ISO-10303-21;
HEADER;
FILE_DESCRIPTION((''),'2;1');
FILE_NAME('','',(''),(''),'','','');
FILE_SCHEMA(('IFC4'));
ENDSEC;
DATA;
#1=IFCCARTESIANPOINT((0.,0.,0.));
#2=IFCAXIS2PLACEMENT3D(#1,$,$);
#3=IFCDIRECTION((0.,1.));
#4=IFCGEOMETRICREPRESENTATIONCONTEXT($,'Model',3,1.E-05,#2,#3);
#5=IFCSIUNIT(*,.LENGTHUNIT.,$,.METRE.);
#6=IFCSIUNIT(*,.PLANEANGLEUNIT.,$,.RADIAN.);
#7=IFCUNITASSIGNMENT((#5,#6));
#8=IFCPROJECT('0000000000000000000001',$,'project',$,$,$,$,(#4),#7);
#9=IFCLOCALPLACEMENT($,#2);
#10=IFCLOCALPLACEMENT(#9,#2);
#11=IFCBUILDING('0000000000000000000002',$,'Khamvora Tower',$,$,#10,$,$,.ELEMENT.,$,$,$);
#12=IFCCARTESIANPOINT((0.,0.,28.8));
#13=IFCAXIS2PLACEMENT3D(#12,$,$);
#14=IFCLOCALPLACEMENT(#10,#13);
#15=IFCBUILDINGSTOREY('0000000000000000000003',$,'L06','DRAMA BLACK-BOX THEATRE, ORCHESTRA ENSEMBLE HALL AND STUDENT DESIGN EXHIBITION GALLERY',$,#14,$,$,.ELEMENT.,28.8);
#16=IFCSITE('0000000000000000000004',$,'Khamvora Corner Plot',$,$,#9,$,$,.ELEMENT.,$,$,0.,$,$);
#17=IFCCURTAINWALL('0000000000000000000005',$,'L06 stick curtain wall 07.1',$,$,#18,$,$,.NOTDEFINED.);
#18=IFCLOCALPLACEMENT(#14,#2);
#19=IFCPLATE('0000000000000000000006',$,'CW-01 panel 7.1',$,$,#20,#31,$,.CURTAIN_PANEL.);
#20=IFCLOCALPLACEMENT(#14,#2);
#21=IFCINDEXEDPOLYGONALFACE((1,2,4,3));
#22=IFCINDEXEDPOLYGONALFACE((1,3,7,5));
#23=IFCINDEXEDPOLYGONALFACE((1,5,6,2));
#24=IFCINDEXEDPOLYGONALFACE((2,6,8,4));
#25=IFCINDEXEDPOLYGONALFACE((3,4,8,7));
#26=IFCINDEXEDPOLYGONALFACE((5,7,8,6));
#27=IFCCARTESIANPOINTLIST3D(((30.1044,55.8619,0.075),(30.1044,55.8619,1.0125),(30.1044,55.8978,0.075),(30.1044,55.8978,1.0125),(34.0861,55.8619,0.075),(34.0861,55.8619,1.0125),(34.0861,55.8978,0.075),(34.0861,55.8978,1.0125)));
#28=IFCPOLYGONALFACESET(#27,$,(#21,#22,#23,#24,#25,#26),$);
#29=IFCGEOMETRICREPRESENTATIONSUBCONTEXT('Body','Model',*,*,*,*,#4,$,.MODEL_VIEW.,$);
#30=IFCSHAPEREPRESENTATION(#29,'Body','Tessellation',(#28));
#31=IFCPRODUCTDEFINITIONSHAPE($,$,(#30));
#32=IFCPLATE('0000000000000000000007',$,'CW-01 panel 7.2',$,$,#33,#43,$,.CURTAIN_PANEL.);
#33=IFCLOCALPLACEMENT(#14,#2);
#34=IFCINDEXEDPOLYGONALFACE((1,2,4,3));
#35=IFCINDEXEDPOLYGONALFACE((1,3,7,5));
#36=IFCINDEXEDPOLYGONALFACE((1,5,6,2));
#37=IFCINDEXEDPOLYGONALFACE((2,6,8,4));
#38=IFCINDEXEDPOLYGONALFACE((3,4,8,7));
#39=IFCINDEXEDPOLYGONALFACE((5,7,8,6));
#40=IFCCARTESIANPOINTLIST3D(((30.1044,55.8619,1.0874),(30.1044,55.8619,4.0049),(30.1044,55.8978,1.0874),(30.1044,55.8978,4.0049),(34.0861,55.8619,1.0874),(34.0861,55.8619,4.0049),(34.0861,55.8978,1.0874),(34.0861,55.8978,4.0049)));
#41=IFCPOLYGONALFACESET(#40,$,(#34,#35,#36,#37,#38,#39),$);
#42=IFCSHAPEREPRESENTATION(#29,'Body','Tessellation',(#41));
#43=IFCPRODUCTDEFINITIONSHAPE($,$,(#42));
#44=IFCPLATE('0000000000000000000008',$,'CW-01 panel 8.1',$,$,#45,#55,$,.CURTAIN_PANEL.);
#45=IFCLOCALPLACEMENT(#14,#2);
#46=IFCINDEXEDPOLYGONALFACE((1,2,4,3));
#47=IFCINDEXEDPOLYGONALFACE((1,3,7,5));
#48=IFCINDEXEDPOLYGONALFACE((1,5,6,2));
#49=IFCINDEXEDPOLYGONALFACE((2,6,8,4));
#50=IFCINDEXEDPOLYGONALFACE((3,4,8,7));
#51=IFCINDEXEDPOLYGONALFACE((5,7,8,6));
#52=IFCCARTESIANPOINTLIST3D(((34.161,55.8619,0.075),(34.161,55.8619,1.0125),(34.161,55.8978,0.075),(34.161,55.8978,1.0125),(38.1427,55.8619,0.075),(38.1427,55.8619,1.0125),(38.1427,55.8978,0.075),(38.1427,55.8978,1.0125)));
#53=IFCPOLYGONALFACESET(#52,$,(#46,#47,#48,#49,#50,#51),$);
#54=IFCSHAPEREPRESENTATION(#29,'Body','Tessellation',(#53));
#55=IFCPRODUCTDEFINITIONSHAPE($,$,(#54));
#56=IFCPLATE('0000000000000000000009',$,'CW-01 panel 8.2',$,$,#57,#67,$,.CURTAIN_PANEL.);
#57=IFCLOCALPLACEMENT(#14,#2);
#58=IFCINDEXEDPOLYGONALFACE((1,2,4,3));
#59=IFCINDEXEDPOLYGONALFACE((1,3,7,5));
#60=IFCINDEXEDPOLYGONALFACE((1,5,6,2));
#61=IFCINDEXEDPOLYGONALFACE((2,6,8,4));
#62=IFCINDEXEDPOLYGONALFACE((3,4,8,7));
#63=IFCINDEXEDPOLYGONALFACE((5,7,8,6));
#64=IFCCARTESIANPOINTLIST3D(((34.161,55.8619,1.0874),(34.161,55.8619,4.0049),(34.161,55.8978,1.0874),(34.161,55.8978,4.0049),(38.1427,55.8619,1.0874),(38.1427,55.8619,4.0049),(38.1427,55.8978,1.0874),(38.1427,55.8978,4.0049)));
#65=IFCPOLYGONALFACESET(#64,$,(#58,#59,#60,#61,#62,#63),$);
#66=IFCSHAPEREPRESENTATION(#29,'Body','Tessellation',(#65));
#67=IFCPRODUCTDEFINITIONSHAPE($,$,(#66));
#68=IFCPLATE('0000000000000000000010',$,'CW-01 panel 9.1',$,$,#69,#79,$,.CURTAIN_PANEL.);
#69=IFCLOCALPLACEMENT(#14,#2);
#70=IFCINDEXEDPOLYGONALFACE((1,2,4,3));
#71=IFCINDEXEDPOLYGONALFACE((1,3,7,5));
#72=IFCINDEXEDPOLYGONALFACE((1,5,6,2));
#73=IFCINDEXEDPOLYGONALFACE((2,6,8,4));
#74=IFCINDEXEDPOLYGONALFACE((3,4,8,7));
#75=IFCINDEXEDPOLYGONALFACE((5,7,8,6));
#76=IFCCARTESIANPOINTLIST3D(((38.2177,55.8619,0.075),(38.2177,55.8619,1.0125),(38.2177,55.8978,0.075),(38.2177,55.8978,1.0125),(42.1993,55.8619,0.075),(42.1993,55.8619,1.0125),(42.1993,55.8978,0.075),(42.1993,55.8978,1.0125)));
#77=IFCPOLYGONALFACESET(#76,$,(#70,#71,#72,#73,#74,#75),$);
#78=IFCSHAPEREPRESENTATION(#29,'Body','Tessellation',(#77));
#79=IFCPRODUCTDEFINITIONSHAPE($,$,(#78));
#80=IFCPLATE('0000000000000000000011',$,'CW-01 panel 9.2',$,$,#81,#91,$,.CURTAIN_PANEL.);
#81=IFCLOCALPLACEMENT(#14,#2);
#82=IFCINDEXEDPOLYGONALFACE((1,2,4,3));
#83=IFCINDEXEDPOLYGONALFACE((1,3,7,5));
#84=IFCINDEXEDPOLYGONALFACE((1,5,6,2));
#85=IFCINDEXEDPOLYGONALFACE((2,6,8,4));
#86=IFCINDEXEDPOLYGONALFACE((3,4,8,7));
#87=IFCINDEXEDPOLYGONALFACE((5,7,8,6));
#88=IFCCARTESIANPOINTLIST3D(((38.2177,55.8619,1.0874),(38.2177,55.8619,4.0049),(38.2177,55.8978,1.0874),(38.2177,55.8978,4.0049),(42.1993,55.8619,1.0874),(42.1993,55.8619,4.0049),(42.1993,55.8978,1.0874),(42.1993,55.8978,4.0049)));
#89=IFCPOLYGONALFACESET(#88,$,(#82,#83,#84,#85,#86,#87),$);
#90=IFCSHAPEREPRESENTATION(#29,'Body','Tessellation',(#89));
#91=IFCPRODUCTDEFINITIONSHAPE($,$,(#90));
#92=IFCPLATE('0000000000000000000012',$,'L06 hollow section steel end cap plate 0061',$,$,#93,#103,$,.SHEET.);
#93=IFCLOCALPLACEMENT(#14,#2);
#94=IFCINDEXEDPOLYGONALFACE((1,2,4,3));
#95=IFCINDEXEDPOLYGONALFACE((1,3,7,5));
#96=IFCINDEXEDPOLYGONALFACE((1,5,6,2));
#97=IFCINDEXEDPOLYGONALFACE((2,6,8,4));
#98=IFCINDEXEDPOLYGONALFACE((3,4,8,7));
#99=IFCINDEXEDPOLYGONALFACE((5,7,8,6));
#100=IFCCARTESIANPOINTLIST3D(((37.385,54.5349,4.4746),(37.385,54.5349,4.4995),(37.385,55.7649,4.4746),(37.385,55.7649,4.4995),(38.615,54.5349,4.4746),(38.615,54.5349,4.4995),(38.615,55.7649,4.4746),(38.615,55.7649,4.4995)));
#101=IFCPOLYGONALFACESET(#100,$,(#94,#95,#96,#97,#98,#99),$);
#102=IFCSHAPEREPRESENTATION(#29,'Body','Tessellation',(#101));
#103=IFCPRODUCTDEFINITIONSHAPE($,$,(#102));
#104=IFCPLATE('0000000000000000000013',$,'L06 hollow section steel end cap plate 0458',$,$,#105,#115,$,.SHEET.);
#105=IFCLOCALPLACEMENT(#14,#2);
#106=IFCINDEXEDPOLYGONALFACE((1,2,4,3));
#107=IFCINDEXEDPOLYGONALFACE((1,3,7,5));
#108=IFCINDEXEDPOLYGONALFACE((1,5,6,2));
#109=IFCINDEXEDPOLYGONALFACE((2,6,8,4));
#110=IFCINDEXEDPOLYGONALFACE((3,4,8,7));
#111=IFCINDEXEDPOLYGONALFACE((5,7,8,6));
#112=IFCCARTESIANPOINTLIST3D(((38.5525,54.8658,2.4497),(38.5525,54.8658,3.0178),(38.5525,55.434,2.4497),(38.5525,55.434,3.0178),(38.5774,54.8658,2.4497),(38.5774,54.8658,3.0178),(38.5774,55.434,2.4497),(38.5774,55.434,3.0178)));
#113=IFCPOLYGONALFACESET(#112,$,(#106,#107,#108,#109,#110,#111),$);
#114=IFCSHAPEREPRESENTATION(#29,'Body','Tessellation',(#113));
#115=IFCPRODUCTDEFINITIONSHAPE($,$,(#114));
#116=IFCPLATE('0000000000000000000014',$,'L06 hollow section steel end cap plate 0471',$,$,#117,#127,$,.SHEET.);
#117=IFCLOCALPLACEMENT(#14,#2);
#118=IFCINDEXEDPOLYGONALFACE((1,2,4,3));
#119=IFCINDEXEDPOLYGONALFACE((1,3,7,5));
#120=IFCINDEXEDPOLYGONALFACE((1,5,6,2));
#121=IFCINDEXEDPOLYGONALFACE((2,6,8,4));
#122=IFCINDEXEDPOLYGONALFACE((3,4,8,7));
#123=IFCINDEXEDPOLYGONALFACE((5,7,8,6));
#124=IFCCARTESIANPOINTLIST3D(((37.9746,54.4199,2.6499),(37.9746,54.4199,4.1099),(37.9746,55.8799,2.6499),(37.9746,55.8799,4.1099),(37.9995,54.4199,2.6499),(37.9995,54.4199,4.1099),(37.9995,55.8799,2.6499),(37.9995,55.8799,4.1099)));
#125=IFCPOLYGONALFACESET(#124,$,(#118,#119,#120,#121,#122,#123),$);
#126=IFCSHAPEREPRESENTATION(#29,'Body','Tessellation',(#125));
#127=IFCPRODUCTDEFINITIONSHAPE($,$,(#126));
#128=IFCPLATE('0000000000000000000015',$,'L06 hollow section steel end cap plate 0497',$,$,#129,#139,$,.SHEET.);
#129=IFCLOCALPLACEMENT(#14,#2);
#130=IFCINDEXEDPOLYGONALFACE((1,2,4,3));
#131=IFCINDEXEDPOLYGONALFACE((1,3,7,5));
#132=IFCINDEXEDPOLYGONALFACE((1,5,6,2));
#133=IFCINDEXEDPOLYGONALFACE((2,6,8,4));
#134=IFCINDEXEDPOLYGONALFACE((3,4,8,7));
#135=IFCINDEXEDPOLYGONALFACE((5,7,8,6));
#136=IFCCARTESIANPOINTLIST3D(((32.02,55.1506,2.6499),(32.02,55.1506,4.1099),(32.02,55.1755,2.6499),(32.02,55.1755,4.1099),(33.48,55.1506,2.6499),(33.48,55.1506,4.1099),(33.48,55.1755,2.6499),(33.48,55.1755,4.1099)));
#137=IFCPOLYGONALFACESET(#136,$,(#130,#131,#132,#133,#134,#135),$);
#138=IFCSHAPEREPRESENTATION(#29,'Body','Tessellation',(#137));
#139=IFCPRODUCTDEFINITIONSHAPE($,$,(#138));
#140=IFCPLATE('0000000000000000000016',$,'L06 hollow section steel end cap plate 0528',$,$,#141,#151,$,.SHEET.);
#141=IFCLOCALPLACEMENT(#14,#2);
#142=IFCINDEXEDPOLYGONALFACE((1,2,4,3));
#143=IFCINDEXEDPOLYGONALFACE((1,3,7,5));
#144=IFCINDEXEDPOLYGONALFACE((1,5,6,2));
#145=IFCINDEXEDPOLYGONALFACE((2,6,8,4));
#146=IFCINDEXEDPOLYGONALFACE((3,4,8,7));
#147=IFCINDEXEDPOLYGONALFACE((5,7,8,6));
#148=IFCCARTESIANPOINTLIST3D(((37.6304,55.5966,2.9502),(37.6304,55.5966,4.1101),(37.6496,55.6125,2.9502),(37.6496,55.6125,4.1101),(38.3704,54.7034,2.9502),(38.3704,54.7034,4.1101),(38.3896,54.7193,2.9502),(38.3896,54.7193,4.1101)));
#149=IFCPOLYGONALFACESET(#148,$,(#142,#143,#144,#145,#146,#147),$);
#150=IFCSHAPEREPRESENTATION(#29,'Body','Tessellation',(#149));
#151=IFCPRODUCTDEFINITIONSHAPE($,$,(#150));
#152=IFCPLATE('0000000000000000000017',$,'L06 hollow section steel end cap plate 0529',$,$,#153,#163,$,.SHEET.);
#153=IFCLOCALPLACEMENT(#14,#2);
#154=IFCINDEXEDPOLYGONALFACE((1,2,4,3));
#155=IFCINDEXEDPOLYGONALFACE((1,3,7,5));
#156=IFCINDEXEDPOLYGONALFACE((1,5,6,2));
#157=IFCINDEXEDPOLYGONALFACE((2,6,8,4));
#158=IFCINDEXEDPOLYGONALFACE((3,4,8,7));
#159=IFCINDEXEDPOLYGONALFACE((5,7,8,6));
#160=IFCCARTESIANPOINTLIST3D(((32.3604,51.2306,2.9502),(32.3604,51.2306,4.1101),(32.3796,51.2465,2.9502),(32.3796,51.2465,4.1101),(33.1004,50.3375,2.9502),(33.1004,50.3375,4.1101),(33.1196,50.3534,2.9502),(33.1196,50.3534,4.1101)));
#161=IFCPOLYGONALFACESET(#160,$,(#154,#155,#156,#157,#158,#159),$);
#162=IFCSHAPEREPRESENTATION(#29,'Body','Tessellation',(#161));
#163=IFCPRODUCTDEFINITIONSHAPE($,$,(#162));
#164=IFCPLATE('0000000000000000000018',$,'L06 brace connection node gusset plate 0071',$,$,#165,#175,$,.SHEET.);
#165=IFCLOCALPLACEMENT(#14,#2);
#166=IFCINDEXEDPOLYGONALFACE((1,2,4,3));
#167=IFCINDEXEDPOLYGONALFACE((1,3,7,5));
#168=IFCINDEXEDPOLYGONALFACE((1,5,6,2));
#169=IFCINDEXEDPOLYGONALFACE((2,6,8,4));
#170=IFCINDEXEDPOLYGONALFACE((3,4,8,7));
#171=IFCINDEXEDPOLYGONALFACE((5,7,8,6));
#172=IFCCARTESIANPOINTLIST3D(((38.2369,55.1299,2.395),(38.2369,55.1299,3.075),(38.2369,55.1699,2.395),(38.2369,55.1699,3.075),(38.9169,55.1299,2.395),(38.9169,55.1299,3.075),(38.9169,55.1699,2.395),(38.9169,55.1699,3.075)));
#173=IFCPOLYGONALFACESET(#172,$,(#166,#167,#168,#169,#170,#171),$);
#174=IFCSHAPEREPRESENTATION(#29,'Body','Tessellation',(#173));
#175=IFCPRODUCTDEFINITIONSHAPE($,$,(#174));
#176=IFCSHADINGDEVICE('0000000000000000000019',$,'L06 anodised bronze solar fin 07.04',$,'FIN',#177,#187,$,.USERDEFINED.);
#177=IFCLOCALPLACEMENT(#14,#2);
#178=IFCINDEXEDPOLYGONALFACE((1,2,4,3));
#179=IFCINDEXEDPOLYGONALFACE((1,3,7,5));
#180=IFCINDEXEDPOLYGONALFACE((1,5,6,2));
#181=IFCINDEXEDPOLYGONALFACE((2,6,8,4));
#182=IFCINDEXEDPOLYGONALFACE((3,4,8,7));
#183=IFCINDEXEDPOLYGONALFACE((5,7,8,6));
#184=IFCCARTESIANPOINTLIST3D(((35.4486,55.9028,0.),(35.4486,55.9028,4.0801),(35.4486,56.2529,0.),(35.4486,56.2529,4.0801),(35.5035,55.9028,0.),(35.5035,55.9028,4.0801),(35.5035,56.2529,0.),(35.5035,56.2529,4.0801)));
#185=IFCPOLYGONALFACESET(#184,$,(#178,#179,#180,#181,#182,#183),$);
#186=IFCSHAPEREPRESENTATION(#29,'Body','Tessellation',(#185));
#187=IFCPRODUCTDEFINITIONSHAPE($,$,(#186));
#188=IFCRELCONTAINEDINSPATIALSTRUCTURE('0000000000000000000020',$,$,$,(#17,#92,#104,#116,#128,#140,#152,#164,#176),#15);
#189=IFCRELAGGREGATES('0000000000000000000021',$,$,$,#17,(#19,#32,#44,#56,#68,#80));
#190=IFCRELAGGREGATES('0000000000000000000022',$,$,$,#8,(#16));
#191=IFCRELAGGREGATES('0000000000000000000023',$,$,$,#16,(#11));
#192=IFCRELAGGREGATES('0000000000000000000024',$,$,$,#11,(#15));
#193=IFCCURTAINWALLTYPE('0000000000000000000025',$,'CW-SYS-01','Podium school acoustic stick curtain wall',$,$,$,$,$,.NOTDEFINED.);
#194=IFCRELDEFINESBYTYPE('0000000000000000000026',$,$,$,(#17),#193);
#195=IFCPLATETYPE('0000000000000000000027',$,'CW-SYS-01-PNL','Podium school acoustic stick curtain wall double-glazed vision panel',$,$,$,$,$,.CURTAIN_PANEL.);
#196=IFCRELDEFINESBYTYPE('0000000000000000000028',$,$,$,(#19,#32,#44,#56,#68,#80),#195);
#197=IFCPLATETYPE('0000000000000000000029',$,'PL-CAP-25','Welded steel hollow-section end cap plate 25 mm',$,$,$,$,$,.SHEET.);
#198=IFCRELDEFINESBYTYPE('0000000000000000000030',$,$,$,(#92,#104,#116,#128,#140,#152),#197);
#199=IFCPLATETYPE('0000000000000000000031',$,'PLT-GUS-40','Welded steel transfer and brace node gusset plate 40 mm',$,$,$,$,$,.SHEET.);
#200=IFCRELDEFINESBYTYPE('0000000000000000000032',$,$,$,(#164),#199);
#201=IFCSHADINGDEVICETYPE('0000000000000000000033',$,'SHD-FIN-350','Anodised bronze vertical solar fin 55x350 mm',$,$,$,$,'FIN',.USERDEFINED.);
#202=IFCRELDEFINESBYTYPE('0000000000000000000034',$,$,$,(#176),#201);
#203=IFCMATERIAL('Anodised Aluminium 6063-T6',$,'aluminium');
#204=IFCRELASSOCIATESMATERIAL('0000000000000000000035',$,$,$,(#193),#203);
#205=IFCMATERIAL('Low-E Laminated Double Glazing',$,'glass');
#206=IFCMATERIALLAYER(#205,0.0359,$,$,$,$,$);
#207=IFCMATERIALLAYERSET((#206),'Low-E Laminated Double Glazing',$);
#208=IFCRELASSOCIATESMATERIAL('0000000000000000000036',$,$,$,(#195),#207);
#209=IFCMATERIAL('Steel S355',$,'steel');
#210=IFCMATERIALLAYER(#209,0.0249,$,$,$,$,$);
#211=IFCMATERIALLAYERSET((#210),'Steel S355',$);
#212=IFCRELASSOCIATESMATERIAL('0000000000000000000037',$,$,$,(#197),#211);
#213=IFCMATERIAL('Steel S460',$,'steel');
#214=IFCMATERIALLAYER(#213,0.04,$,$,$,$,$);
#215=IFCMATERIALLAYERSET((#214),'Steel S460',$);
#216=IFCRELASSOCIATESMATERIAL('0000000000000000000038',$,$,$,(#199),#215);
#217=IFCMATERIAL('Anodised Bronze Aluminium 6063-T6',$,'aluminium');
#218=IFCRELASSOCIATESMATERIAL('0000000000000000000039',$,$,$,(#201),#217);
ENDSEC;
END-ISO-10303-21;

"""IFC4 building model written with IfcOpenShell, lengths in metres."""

from ifc_helpers import new_model, si_unit, direction, frame, origin, origin_2d, place, context, subcontext, project, spatial, rectangle, extrude, material, layer, layer_set, type_object, element, aggregate, save


model = new_model("IFC4")

# Units and contexts
model_context = context("Model", 3, precision=1e-05, world=origin(), true_north=direction((0.0, 1.0)))
body_context = subcontext(model_context, "Body", "Model", "MODEL_VIEW")
ifc_project = project(units=[si_unit("LENGTHUNIT", "METRE"), si_unit("PLANEANGLEUNIT", "RADIAN")], contexts=[model_context])

# Site, building, storey
site_placement = place(None, origin())
site = spatial("IfcSite", under=ifc_project, at=site_placement, Name="Khamvora Corner Plot", CompositionType="ELEMENT", RefElevation=0.0)
building_placement = place(site_placement, origin())
building = spatial("IfcBuilding", under=site, at=building_placement, Name="Khamvora Tower", CompositionType="ELEMENT")
storey_placement = place(building_placement, frame((0.0, 0.0, 28.8)))
storey = spatial("IfcBuildingStorey", under=building, at=storey_placement, Name="L06", Description="DRAMA BLACK-BOX THEATRE, ORCHESTRA ENSEMBLE HALL AND STUDENT DESIGN EXHIBITION GALLERY", CompositionType="ELEMENT", Elevation=28.8)

# Shared definitions
ifc_material_1 = material(Name="Steel S460", Category="steel")

# Curtain wall
ifc_material_2 = material(Name="Anodised Aluminium 6063-T6", Category="aluminium")
curtain_wall_type = type_object("IfcCurtainWallType", Name="CW-SYS-01", Description="Podium school acoustic stick curtain wall", PredefinedType="NOTDEFINED", material=ifc_material_2)
curtain_wall_placement = place(storey_placement, origin())
curtain_wall = element("IfcCurtainWall", 1, at=curtain_wall_placement, inside=storey, type_object=curtain_wall_type, Name="L06 stick curtain wall 07.1", PredefinedType="NOTDEFINED")

# Plates
ifc_material_3 = material(Name="Low-E Laminated Double Glazing", Category="glass")
ifc_layer_1 = layer(ifc_material_3, 0.0359)
ifc_layer_set_1 = layer_set([ifc_layer_1], Name="Low-E Laminated Double Glazing")
plate_type_1 = type_object("IfcPlateType", Name="CW-SYS-01-PNL", Description="Podium school acoustic stick curtain wall double-glazed vision panel", PredefinedType="CURTAIN_PANEL", material=ifc_layer_set_1)
plate_1_placement = place(storey_placement, frame((32.0952, 55.8799, 0.075), z_axis=(0.0, 0.0, 1.0), x_axis=(1.0, 0.0, 0.0)))
plate_1 = element("IfcPlate", 2, at=plate_1_placement, type_object=plate_type_1, Name="CW-01 panel 7.1", PredefinedType="CURTAIN_PANEL", context=body_context, shape_type="SweptSolid", body=[
    extrude(rectangle(XDim=3.9817, YDim=0.0359, at=origin_2d()), origin(), (0.0, 0.0, 1.0), 0.9375),
])
plate_2_placement = place(storey_placement, frame((32.0952, 55.8799, 1.0874), z_axis=(0.0, 0.0, 1.0), x_axis=(1.0, 0.0, 0.0)))
plate_2 = element("IfcPlate", 3, at=plate_2_placement, type_object=plate_type_1, Name="CW-01 panel 7.2", PredefinedType="CURTAIN_PANEL", context=body_context, shape_type="SweptSolid", body=[
    extrude(rectangle(XDim=3.9817, YDim=0.0359, at=origin_2d()), origin(), (0.0, 0.0, 1.0), 2.9175),
])
plate_3_placement = place(storey_placement, frame((36.1519, 55.8799, 0.075), z_axis=(0.0, 0.0, 1.0), x_axis=(1.0, 0.0, 0.0)))
plate_3 = element("IfcPlate", 4, at=plate_3_placement, type_object=plate_type_1, Name="CW-01 panel 8.1", PredefinedType="CURTAIN_PANEL", context=body_context, shape_type="SweptSolid", body=[
    extrude(rectangle(XDim=3.9817, YDim=0.0359, at=origin_2d()), origin(), (0.0, 0.0, 1.0), 0.9375),
])
plate_4_placement = place(storey_placement, frame((36.1519, 55.8799, 1.0874), z_axis=(0.0, 0.0, 1.0), x_axis=(1.0, 0.0, 0.0)))
plate_4 = element("IfcPlate", 5, at=plate_4_placement, type_object=plate_type_1, Name="CW-01 panel 8.2", PredefinedType="CURTAIN_PANEL", context=body_context, shape_type="SweptSolid", body=[
    extrude(rectangle(XDim=3.9817, YDim=0.0359, at=origin_2d()), origin(), (0.0, 0.0, 1.0), 2.9175),
])
plate_5_placement = place(storey_placement, frame((40.2085, 55.8799, 0.075), z_axis=(0.0, 0.0, 1.0), x_axis=(1.0, 0.0, 0.0)))
plate_5 = element("IfcPlate", 6, at=plate_5_placement, type_object=plate_type_1, Name="CW-01 panel 9.1", PredefinedType="CURTAIN_PANEL", context=body_context, shape_type="SweptSolid", body=[
    extrude(rectangle(XDim=3.9817, YDim=0.0359, at=origin_2d()), origin(), (0.0, 0.0, 1.0), 0.9375),
])
plate_6_placement = place(storey_placement, frame((40.2085, 55.8799, 1.0874), z_axis=(0.0, 0.0, 1.0), x_axis=(1.0, 0.0, 0.0)))
plate_6 = element("IfcPlate", 7, at=plate_6_placement, type_object=plate_type_1, Name="CW-01 panel 9.2", PredefinedType="CURTAIN_PANEL", context=body_context, shape_type="SweptSolid", body=[
    extrude(rectangle(XDim=3.9817, YDim=0.0359, at=origin_2d()), origin(), (0.0, 0.0, 1.0), 2.9175),
])
aggregate(curtain_wall, [plate_1, plate_2, plate_3, plate_4, plate_5, plate_6])

# Plates
ifc_material_4 = material(Name="Steel S355", Category="steel")
ifc_layer_2 = layer(ifc_material_4, 0.0249)
ifc_layer_set_2 = layer_set([ifc_layer_2], Name="Steel S355")
plate_type_2 = type_object("IfcPlateType", Name="PL-CAP-25", Description="Welded steel hollow-section end cap plate 25 mm", PredefinedType="SHEET", material=ifc_layer_set_2)
plate_7_placement = place(storey_placement, frame((38.0, 55.1499, 4.4746), z_axis=(0.0, 0.0, 1.0), x_axis=(1.0, 0.0, 0.0)))
element("IfcPlate", 8, at=plate_7_placement, inside=storey, type_object=plate_type_2, Name="L06 hollow section steel end cap plate 0061", PredefinedType="SHEET", context=body_context, shape_type="SweptSolid", body=[
    extrude(rectangle(XDim=1.23, YDim=1.23, at=origin_2d()), origin(), (0.0, 0.0, 1.0), 0.0249),
])
plate_8_placement = place(storey_placement, frame((38.5649, 55.1499, 2.4497), z_axis=(0.0, 0.0, 1.0), x_axis=(1.0, 0.0, 0.0)))
element("IfcPlate", 9, at=plate_8_placement, inside=storey, type_object=plate_type_2, Name="L06 hollow section steel end cap plate 0458", PredefinedType="SHEET", context=body_context, shape_type="SweptSolid", body=[
    extrude(rectangle(XDim=0.0249, YDim=0.5681, at=origin_2d()), origin(), (0.0, 0.0, 1.0), 0.5681),
])
for number, where, z_axis, x_axis, name in (
    (10, (37.9871, 55.1499, 2.6499), (0.0, 0.0, 1.0), (-1.0, 0.0, 0.0), "L06 hollow section steel end cap plate 0471"),
    (11, (32.75, 55.1631, 2.6499), (0.0, 0.0, 1.0), (0.0, 1.0, 0.0), "L06 hollow section steel end cap plate 0497"),
):
    element("IfcPlate", number, at=place(storey_placement, frame(where, z_axis=z_axis, x_axis=x_axis)), inside=storey, type_object=plate_type_2, Name=name, PredefinedType="SHEET", context=body_context, shape_type="SweptSolid", body=[
        extrude(rectangle(XDim=0.0249, YDim=1.46, at=origin_2d()), origin(), (0.0, 0.0, 1.0), 1.46),
    ])
for number, where, z_axis, x_axis, name in (
    (12, (38.01, 55.158, 2.9502), (0.0, 0.0, 1.0), (-0.770024, -0.638016, 0.0), "L06 hollow section steel end cap plate 0528"),
    (13, (32.74, 50.792, 2.9502), (0.0, 0.0, 1.0), (-0.770024, -0.638016, 0.0), "L06 hollow section steel end cap plate 0529"),
):
    element("IfcPlate", number, at=place(storey_placement, frame(where, z_axis=z_axis, x_axis=x_axis)), inside=storey, type_object=plate_type_2, Name=name, PredefinedType="SHEET", context=body_context, shape_type="SweptSolid", body=[
        extrude(rectangle(XDim=0.0249, YDim=1.1599, at=origin_2d()), origin(), (0.0, 0.0, 1.0), 1.1599),
    ])
ifc_layer_3 = layer(ifc_material_1, 0.04)
ifc_layer_set_3 = layer_set([ifc_layer_3], Name="Steel S460")
plate_type_3 = type_object("IfcPlateType", Name="PLT-GUS-40", Description="Welded steel transfer and brace node gusset plate 40 mm", PredefinedType="SHEET", material=ifc_layer_set_3)
plate_9_placement = place(storey_placement, frame((38.5769, 55.1499, 2.395), z_axis=(0.0, 0.0, 1.0), x_axis=(1.0, 0.0, 0.0)))
element("IfcPlate", 14, at=plate_9_placement, inside=storey, type_object=plate_type_3, Name="L06 brace connection node gusset plate 0071", PredefinedType="SHEET", context=body_context, shape_type="SweptSolid", body=[
    extrude(rectangle(XDim=0.6799, YDim=0.04, at=origin_2d()), origin(), (0.0, 0.0, 1.0), 0.6799),
])

# Shading device
ifc_material_5 = material(Name="Anodised Bronze Aluminium 6063-T6", Category="aluminium")
shading_device_type = type_object("IfcShadingDeviceType", Name="SHD-FIN-350", Description="Anodised bronze vertical solar fin 55x350 mm", ElementType="FIN", PredefinedType="USERDEFINED", material=ifc_material_5)
shading_device_placement = place(storey_placement, frame((35.4761, 56.0779, 0.0), z_axis=(0.0, 0.0, 1.0), x_axis=(1.0, 0.0, 0.0)))
element("IfcShadingDevice", 15, at=shading_device_placement, inside=storey, type_object=shading_device_type, Name="L06 anodised bronze solar fin 07.04", ObjectType="FIN", PredefinedType="USERDEFINED", context=body_context, shape_type="SweptSolid", body=[
    extrude(rectangle(XDim=0.0549, YDim=0.3501, at=origin_2d()), origin(), (0.0, 0.0, 1.0), 4.0801),
])

save(model, "model.ifc")
